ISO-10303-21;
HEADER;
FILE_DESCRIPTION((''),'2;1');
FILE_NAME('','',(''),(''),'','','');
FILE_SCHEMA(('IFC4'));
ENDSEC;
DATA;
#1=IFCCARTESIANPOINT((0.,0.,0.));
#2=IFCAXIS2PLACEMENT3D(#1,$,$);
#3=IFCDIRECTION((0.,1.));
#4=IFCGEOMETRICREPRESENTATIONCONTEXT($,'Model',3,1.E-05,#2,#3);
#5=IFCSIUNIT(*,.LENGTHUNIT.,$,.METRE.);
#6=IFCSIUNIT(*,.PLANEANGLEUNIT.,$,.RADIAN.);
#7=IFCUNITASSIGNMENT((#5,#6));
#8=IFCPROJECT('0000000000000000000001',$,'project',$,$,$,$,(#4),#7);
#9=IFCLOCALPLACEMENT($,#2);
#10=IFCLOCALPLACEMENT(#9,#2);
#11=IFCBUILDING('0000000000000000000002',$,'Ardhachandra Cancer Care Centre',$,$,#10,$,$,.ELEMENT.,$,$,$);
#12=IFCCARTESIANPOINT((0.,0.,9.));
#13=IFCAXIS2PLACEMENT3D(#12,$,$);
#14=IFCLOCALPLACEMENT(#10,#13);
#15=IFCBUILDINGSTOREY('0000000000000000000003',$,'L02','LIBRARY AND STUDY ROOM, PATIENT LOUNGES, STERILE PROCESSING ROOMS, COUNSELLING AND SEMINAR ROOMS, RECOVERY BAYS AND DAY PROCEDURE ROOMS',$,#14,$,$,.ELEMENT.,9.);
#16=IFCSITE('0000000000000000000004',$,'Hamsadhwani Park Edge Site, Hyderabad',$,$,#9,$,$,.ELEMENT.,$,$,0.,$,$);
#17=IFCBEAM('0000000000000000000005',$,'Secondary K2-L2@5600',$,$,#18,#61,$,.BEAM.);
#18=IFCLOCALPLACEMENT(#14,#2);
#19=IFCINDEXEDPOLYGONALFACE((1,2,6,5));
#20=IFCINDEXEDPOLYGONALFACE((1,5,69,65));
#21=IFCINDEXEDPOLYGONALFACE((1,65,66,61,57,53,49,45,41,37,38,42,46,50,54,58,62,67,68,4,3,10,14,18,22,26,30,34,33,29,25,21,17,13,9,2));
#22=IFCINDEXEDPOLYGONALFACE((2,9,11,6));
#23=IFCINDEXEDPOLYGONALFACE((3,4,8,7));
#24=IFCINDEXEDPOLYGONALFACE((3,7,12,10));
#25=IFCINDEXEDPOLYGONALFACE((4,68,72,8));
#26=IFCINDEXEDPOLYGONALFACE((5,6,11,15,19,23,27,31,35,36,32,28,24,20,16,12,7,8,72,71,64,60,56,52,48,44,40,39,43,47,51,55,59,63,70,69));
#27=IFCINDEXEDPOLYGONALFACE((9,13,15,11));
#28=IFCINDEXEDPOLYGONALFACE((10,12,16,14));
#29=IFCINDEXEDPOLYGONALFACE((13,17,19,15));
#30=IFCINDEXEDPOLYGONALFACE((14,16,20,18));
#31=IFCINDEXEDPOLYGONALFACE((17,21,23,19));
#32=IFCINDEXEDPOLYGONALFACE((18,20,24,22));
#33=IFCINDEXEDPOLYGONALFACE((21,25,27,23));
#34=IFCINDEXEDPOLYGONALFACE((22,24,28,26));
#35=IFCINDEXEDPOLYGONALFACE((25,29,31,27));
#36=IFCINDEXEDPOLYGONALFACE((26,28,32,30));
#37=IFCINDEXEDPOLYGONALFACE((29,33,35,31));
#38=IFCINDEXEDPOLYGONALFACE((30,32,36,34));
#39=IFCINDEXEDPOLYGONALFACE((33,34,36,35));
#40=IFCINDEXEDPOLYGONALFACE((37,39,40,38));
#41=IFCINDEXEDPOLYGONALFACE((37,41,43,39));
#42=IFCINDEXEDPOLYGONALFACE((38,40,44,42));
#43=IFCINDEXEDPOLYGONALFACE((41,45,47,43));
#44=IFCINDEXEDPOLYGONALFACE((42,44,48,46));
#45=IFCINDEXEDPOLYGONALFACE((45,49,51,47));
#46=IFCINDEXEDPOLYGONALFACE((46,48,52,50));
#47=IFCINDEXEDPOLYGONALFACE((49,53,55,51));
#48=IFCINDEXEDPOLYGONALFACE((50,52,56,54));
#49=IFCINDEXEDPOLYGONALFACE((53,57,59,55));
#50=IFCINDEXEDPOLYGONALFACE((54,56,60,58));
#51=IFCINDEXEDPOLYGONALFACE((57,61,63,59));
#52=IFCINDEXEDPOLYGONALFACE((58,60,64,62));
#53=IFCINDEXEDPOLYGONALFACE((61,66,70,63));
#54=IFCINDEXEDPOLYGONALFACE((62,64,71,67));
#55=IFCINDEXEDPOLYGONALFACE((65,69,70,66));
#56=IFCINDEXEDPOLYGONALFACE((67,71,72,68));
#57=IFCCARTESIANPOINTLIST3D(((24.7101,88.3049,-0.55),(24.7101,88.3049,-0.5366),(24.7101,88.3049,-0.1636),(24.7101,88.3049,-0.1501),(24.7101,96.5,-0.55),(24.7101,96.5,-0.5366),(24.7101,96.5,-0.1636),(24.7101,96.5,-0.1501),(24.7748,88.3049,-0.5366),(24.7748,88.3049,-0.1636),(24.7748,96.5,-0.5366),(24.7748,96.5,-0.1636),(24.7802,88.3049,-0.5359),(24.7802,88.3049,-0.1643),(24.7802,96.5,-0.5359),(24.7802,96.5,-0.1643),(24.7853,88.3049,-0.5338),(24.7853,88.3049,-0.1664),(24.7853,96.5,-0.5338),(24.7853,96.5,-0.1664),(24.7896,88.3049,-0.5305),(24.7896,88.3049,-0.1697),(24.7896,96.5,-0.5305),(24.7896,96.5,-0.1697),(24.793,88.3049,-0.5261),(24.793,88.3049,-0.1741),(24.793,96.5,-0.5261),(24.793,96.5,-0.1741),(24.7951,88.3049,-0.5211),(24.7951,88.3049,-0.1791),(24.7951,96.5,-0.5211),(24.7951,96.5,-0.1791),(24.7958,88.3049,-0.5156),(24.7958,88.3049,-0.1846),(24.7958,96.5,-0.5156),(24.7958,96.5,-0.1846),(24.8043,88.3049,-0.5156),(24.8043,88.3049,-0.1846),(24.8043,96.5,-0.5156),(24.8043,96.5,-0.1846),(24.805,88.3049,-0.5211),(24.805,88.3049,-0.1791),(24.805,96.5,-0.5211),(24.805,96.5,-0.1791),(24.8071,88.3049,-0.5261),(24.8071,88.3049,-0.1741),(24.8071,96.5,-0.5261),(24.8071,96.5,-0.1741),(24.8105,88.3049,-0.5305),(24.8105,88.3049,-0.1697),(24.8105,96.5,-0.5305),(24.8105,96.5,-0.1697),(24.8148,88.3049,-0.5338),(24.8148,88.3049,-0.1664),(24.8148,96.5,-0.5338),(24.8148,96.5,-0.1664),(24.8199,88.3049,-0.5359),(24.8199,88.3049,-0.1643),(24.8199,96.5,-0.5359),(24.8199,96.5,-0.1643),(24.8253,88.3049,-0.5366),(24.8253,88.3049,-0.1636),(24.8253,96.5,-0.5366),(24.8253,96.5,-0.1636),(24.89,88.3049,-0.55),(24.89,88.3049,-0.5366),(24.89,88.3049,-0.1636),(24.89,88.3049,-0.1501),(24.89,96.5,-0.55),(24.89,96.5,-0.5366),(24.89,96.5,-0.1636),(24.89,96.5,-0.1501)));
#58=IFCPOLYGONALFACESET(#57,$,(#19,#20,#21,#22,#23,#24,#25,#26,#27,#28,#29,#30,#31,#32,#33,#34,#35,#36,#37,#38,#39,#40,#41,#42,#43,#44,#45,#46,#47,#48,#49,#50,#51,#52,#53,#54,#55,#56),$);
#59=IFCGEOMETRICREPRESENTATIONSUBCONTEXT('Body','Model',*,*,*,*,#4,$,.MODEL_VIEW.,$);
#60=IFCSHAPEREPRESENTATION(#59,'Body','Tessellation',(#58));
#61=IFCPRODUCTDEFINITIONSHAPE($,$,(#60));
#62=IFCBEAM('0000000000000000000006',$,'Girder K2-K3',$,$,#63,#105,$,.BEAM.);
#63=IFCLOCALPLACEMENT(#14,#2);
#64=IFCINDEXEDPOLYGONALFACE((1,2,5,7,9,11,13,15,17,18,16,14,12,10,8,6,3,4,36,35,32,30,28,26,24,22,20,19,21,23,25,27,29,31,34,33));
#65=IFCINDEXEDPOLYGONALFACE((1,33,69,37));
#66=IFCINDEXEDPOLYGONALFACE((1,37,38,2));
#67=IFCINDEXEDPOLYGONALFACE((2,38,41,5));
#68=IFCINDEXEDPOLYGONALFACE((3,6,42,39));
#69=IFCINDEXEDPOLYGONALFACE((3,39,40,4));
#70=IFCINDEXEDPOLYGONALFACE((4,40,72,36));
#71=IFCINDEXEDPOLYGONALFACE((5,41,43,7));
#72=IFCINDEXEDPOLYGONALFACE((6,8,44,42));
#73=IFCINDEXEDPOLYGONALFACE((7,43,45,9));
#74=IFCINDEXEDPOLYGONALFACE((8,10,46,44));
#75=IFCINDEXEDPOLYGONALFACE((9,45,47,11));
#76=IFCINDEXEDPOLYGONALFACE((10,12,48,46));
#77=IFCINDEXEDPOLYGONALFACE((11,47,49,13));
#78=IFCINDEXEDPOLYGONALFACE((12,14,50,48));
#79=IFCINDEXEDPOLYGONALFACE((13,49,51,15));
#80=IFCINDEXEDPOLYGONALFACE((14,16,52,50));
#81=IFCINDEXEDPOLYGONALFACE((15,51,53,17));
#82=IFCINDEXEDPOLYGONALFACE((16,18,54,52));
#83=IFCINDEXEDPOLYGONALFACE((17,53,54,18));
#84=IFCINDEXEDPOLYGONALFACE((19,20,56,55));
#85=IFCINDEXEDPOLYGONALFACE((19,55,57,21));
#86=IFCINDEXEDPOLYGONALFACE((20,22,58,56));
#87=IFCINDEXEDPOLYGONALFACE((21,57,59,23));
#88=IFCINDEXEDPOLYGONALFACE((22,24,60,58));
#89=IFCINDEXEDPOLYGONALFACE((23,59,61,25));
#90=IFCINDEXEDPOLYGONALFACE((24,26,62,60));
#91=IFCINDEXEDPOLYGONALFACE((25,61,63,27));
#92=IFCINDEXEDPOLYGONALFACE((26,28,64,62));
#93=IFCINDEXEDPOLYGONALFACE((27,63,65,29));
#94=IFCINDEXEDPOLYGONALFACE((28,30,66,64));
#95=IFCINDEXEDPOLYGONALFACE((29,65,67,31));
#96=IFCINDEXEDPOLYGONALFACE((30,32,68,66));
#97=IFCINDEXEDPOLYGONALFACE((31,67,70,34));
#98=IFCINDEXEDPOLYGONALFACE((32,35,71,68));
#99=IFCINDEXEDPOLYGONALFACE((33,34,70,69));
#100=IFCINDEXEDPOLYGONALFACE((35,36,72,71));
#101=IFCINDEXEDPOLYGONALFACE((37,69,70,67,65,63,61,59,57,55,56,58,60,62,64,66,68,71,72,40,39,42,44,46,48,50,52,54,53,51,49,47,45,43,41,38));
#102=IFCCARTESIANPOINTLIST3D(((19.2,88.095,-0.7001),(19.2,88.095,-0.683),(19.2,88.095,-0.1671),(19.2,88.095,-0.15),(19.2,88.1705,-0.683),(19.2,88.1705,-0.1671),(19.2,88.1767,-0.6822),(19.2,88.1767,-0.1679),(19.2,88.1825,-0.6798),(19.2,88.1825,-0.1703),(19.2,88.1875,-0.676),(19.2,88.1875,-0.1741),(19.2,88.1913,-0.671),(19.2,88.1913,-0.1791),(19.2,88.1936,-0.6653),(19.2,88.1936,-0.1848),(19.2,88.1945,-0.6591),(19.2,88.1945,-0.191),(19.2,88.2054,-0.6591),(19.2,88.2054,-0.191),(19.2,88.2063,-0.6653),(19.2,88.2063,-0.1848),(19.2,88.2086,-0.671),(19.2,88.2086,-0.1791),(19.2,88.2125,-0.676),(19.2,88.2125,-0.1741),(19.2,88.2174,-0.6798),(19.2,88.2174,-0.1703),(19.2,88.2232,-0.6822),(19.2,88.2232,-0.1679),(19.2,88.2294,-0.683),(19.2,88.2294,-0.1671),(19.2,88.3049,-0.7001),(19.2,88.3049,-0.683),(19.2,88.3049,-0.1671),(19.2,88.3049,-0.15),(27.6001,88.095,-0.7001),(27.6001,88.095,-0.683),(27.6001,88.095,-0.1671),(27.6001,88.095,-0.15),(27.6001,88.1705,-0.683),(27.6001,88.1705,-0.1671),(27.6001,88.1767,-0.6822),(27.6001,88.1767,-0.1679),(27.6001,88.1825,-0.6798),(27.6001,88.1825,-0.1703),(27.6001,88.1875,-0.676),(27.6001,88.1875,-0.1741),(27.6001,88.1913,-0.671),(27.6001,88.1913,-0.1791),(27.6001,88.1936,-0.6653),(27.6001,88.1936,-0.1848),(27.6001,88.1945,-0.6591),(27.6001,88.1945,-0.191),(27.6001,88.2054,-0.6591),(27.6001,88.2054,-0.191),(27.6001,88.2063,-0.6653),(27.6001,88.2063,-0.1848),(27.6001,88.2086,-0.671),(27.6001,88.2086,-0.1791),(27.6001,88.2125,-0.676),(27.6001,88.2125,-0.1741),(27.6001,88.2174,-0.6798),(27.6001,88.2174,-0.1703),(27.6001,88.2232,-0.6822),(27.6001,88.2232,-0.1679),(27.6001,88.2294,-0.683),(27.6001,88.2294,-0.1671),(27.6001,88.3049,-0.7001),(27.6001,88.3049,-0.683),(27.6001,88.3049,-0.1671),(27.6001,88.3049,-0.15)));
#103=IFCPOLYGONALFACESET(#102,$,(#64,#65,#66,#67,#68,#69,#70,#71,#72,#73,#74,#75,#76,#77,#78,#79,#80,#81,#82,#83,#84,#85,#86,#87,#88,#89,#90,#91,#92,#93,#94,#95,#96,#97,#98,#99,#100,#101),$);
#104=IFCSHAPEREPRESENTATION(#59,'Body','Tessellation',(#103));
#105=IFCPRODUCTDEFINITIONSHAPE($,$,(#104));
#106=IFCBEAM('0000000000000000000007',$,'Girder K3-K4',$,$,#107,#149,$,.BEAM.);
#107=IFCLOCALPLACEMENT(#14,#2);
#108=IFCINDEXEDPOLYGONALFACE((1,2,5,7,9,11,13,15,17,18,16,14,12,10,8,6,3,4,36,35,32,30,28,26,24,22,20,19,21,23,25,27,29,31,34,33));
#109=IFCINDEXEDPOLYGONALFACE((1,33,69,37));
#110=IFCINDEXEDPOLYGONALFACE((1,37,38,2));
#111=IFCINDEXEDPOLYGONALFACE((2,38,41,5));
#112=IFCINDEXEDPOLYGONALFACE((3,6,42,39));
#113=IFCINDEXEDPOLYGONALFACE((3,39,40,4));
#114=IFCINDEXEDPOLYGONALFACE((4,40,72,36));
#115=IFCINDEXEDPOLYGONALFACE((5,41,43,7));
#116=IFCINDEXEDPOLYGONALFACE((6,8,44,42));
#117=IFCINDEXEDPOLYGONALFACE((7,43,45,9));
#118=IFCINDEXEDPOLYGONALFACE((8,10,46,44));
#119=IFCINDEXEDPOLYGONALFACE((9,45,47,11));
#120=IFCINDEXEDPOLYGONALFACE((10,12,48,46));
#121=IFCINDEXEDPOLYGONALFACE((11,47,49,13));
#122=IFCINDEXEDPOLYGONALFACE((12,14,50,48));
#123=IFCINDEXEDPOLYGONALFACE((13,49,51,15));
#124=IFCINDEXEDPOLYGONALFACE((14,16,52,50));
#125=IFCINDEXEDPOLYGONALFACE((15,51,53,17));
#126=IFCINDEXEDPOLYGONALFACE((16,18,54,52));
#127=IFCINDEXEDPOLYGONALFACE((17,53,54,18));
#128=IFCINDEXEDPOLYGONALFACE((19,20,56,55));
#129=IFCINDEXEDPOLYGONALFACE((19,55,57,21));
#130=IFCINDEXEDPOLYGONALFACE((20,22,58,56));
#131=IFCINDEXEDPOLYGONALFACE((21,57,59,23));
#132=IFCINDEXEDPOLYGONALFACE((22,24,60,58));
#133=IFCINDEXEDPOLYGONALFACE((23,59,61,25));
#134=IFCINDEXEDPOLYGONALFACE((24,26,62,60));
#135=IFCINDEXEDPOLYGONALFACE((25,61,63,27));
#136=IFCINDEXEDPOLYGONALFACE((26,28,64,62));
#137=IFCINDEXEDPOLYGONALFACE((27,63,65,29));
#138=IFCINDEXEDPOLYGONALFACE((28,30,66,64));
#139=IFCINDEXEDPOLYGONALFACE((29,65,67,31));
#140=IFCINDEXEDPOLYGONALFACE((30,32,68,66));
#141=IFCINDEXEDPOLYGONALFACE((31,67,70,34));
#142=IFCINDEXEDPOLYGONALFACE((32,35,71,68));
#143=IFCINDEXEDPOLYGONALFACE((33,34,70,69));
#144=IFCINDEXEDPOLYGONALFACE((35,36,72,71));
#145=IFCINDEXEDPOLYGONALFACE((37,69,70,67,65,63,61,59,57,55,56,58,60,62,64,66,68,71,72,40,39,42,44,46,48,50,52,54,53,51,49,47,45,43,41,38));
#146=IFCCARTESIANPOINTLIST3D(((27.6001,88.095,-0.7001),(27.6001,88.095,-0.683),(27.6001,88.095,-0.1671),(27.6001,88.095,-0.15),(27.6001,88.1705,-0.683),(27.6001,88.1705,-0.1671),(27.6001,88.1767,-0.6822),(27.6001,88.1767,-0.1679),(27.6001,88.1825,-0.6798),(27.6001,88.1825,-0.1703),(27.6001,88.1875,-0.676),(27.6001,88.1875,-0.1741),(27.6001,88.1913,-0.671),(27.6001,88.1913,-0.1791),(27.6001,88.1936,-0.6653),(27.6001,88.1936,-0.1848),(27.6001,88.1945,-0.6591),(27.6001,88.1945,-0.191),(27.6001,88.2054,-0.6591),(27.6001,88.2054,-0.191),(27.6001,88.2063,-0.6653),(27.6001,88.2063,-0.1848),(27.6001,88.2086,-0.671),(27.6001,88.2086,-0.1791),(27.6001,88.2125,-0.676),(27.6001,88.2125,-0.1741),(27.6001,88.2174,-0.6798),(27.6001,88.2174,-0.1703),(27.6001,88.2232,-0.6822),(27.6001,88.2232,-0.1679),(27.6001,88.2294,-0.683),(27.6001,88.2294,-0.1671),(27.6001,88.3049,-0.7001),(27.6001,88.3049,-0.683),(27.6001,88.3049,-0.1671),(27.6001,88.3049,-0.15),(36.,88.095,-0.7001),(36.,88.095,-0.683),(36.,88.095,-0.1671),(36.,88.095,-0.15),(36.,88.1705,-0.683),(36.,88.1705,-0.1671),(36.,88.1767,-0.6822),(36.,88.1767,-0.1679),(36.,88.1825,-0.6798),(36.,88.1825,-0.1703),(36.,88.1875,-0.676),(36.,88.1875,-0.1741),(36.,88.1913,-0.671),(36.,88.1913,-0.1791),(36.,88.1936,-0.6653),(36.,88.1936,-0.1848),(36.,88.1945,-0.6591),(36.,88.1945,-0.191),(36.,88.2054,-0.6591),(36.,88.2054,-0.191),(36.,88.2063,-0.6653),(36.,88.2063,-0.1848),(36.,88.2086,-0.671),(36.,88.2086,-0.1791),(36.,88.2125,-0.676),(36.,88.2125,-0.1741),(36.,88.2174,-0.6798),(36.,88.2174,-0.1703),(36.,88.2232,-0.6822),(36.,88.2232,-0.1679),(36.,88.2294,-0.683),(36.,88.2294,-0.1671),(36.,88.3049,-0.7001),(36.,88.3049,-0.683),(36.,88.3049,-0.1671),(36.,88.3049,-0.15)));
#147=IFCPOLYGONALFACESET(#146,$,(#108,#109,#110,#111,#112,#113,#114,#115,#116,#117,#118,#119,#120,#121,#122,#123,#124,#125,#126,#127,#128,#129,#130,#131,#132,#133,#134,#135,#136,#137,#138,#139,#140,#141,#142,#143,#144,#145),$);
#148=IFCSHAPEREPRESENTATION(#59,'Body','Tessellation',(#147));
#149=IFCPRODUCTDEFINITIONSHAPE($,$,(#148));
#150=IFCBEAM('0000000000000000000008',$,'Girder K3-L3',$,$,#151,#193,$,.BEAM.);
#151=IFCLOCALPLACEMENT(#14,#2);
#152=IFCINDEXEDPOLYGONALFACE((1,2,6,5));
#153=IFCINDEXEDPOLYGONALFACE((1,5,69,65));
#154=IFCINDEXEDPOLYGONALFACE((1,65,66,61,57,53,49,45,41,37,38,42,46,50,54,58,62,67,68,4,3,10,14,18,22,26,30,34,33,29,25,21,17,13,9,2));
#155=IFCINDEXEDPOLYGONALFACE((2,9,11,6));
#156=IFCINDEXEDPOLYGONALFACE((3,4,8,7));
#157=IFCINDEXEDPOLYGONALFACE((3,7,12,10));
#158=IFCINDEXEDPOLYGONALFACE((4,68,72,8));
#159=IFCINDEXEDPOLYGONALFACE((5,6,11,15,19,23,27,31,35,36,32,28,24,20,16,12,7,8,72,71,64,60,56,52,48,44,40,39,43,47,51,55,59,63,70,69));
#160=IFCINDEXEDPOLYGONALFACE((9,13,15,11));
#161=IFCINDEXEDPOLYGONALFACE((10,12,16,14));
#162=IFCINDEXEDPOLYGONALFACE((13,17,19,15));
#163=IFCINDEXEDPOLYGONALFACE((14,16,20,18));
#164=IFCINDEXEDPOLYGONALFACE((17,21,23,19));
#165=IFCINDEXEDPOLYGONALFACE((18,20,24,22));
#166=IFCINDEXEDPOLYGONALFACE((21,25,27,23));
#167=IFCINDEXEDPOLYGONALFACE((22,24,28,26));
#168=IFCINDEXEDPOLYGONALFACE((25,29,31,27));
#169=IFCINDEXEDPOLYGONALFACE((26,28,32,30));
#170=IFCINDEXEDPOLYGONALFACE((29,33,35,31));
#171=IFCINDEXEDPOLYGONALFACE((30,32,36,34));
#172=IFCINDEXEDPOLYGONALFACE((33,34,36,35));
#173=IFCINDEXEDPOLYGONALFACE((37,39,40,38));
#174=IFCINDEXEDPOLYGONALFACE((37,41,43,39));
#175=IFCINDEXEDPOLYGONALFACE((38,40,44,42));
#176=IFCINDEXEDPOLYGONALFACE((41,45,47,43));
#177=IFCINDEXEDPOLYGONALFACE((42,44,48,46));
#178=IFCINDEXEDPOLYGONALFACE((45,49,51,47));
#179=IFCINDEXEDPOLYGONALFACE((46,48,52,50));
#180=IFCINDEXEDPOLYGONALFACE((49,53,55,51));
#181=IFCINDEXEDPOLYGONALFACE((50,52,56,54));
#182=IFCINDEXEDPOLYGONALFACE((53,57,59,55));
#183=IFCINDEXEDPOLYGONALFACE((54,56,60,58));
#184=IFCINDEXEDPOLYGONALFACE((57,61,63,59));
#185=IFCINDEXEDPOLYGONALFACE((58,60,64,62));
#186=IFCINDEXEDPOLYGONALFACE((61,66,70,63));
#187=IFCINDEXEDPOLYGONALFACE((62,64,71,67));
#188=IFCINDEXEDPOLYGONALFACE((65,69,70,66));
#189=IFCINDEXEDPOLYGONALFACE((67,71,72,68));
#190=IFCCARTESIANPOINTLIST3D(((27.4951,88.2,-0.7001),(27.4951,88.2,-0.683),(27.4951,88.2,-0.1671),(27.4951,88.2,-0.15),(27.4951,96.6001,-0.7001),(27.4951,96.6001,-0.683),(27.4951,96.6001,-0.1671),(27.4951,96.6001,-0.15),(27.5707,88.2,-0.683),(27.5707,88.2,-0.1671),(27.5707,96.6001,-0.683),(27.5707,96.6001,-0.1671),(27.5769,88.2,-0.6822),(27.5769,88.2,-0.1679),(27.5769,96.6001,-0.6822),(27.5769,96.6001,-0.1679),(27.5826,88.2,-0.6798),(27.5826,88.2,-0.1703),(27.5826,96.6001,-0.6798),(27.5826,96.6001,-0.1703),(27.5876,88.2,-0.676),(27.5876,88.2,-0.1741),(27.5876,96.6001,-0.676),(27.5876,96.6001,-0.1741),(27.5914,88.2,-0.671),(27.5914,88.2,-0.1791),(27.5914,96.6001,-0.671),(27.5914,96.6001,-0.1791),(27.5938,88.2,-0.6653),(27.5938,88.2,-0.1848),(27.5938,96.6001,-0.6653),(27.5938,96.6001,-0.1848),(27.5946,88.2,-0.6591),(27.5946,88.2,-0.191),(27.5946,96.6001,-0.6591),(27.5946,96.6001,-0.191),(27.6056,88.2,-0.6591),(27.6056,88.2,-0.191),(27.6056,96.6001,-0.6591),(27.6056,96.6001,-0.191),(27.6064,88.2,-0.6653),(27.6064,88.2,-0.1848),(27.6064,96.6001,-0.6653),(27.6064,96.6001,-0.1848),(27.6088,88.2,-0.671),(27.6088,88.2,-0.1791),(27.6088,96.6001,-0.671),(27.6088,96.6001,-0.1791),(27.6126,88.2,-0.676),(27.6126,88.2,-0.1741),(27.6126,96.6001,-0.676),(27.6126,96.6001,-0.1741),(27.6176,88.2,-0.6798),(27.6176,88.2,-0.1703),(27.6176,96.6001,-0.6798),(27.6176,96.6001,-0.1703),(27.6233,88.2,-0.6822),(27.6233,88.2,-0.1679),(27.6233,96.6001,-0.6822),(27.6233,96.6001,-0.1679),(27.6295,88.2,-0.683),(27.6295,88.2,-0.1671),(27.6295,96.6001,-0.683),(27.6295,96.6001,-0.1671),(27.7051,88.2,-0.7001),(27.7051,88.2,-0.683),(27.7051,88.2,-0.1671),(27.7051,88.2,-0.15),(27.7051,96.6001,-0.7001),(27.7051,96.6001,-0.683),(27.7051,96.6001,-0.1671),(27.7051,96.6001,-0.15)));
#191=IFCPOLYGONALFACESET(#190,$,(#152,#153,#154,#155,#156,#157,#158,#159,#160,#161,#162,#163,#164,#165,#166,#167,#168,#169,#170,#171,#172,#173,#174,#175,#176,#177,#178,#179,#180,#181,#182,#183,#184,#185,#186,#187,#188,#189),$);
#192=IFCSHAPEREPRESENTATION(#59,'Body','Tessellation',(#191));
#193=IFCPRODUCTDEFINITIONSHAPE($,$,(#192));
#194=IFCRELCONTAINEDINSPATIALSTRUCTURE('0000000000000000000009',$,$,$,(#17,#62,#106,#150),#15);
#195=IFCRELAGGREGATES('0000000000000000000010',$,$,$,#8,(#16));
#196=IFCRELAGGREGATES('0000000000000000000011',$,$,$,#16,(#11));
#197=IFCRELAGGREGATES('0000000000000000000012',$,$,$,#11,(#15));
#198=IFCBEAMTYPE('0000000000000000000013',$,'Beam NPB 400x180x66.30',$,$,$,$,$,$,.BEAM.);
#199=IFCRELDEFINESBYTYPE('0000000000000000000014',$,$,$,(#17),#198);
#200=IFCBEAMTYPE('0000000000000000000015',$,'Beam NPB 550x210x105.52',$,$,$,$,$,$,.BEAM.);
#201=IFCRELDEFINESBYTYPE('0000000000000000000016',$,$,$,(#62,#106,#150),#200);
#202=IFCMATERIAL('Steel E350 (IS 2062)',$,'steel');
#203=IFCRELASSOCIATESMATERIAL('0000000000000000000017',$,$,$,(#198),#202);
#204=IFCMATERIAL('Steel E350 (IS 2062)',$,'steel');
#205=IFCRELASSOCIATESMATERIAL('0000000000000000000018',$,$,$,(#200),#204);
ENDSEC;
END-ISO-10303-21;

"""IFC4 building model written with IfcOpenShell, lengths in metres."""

from ifc_helpers import new_model, si_unit, direction, frame, origin, origin_2d, place, context, subcontext, project, spatial, i_section, extrude, material, material_profile, profile_set, type_object, element, save


model = new_model("IFC4")

# Units and contexts
model_context = context("Model", 3, precision=1e-05, world=origin(), true_north=direction((0.0, 1.0)))
body_context = subcontext(model_context, "Body", "Model", "MODEL_VIEW")
ifc_project = project(units=[si_unit("LENGTHUNIT", "METRE"), si_unit("PLANEANGLEUNIT", "RADIAN")], contexts=[model_context])

# Site, building, storey
site_placement = place(None, origin())
site = spatial("IfcSite", under=ifc_project, at=site_placement, Name="Hamsadhwani Park Edge Site, Hyderabad", CompositionType="ELEMENT", RefElevation=0.0)
building_placement = place(site_placement, origin())
building = spatial("IfcBuilding", under=site, at=building_placement, Name="Ardhachandra Cancer Care Centre", CompositionType="ELEMENT")
storey_placement = place(building_placement, frame((0.0, 0.0, 9.0)))
storey = spatial("IfcBuildingStorey", under=building, at=storey_placement, Name="L02", Description="LIBRARY AND STUDY ROOM, PATIENT LOUNGES, STERILE PROCESSING ROOMS, COUNSELLING AND SEMINAR ROOMS, RECOVERY BAYS AND DAY PROCEDURE ROOMS", CompositionType="ELEMENT", Elevation=9.0)

# Beams
ifc_material_1 = material(Name="Steel E350 (IS 2062)", Category="steel")
ifc_material_profile_1 = material_profile(ifc_material_1, i_section(OverallWidth=0.1799, OverallDepth=0.3999, WebThickness=0.0085, FlangeThickness=0.0134, FilletRadius=0.021, at=origin_2d()), Name="NPB 400x180x66.30")
ifc_profile_set_1 = profile_set([ifc_material_profile_1], Name="Steel E350 (IS 2062)")
beam_type_1 = type_object("IfcBeamType", Name="Beam NPB 400x180x66.30", PredefinedType="BEAM", material=ifc_profile_set_1)
beam_1_placement = place(storey_placement, frame((24.8, 88.3049, -0.3501), z_axis=(0.0, 1.0, 0.0), x_axis=(-1.0, 0.0, 0.0)))
element("IfcBeam", 1, at=beam_1_placement, inside=storey, type_object=beam_type_1, Name="Secondary K2-L2@5600", PredefinedType="BEAM", context=body_context, shape_type="SweptSolid", body=[
    extrude(i_section(OverallWidth=0.1799, OverallDepth=0.3999, WebThickness=0.0085, FlangeThickness=0.0134, FilletRadius=0.021, at=origin_2d()), origin(), (0.0, 0.0, 1.0), 8.1951),
])
ifc_material_2 = material(Name="Steel E350 (IS 2062)", Category="steel")
ifc_material_profile_2 = material_profile(ifc_material_2, i_section(OverallWidth=0.21, OverallDepth=0.55, WebThickness=0.011, FlangeThickness=0.0171, FilletRadius=0.0239, at=origin_2d()), Name="NPB 550x210x105.52")
ifc_profile_set_2 = profile_set([ifc_material_profile_2], Name="Steel E350 (IS 2062)")
beam_type_2 = type_object("IfcBeamType", Name="Beam NPB 550x210x105.52", PredefinedType="BEAM", material=ifc_profile_set_2)
beam_2_placement = place(storey_placement, frame((19.2, 88.2, -0.425), z_axis=(1.0, 0.0, 0.0), x_axis=(0.0, 1.0, 0.0)))
element("IfcBeam", 2, at=beam_2_placement, inside=storey, type_object=beam_type_2, Name="Girder K2-K3", PredefinedType="BEAM", context=body_context, shape_type="SweptSolid", body=[
    extrude(i_section(OverallWidth=0.21, OverallDepth=0.55, WebThickness=0.011, FlangeThickness=0.0171, FilletRadius=0.0239, at=origin_2d()), origin(), (0.0, 0.0, 1.0), 8.4001),
])
beam_3_placement = place(storey_placement, frame((27.6001, 88.2, -0.425), z_axis=(1.0, 0.0, 0.0), x_axis=(0.0, 1.0, 0.0)))
element("IfcBeam", 3, at=beam_3_placement, inside=storey, type_object=beam_type_2, Name="Girder K3-K4", PredefinedType="BEAM", context=body_context, shape_type="SweptSolid", body=[
    extrude(i_section(OverallWidth=0.21, OverallDepth=0.55, WebThickness=0.011, FlangeThickness=0.0171, FilletRadius=0.0239, at=origin_2d()), origin(), (0.0, 0.0, 1.0), 8.3999),
])
beam_4_placement = place(storey_placement, frame((27.6001, 88.2, -0.425), z_axis=(0.0, 1.0, 0.0), x_axis=(-1.0, 0.0, 0.0)))
element("IfcBeam", 4, at=beam_4_placement, inside=storey, type_object=beam_type_2, Name="Girder K3-L3", PredefinedType="BEAM", context=body_context, shape_type="SweptSolid", body=[
    extrude(i_section(OverallWidth=0.21, OverallDepth=0.55, WebThickness=0.011, FlangeThickness=0.0171, FilletRadius=0.0239, at=origin_2d()), origin(), (0.0, 0.0, 1.0), 8.4001),
])

save(model, "model.ifc")
